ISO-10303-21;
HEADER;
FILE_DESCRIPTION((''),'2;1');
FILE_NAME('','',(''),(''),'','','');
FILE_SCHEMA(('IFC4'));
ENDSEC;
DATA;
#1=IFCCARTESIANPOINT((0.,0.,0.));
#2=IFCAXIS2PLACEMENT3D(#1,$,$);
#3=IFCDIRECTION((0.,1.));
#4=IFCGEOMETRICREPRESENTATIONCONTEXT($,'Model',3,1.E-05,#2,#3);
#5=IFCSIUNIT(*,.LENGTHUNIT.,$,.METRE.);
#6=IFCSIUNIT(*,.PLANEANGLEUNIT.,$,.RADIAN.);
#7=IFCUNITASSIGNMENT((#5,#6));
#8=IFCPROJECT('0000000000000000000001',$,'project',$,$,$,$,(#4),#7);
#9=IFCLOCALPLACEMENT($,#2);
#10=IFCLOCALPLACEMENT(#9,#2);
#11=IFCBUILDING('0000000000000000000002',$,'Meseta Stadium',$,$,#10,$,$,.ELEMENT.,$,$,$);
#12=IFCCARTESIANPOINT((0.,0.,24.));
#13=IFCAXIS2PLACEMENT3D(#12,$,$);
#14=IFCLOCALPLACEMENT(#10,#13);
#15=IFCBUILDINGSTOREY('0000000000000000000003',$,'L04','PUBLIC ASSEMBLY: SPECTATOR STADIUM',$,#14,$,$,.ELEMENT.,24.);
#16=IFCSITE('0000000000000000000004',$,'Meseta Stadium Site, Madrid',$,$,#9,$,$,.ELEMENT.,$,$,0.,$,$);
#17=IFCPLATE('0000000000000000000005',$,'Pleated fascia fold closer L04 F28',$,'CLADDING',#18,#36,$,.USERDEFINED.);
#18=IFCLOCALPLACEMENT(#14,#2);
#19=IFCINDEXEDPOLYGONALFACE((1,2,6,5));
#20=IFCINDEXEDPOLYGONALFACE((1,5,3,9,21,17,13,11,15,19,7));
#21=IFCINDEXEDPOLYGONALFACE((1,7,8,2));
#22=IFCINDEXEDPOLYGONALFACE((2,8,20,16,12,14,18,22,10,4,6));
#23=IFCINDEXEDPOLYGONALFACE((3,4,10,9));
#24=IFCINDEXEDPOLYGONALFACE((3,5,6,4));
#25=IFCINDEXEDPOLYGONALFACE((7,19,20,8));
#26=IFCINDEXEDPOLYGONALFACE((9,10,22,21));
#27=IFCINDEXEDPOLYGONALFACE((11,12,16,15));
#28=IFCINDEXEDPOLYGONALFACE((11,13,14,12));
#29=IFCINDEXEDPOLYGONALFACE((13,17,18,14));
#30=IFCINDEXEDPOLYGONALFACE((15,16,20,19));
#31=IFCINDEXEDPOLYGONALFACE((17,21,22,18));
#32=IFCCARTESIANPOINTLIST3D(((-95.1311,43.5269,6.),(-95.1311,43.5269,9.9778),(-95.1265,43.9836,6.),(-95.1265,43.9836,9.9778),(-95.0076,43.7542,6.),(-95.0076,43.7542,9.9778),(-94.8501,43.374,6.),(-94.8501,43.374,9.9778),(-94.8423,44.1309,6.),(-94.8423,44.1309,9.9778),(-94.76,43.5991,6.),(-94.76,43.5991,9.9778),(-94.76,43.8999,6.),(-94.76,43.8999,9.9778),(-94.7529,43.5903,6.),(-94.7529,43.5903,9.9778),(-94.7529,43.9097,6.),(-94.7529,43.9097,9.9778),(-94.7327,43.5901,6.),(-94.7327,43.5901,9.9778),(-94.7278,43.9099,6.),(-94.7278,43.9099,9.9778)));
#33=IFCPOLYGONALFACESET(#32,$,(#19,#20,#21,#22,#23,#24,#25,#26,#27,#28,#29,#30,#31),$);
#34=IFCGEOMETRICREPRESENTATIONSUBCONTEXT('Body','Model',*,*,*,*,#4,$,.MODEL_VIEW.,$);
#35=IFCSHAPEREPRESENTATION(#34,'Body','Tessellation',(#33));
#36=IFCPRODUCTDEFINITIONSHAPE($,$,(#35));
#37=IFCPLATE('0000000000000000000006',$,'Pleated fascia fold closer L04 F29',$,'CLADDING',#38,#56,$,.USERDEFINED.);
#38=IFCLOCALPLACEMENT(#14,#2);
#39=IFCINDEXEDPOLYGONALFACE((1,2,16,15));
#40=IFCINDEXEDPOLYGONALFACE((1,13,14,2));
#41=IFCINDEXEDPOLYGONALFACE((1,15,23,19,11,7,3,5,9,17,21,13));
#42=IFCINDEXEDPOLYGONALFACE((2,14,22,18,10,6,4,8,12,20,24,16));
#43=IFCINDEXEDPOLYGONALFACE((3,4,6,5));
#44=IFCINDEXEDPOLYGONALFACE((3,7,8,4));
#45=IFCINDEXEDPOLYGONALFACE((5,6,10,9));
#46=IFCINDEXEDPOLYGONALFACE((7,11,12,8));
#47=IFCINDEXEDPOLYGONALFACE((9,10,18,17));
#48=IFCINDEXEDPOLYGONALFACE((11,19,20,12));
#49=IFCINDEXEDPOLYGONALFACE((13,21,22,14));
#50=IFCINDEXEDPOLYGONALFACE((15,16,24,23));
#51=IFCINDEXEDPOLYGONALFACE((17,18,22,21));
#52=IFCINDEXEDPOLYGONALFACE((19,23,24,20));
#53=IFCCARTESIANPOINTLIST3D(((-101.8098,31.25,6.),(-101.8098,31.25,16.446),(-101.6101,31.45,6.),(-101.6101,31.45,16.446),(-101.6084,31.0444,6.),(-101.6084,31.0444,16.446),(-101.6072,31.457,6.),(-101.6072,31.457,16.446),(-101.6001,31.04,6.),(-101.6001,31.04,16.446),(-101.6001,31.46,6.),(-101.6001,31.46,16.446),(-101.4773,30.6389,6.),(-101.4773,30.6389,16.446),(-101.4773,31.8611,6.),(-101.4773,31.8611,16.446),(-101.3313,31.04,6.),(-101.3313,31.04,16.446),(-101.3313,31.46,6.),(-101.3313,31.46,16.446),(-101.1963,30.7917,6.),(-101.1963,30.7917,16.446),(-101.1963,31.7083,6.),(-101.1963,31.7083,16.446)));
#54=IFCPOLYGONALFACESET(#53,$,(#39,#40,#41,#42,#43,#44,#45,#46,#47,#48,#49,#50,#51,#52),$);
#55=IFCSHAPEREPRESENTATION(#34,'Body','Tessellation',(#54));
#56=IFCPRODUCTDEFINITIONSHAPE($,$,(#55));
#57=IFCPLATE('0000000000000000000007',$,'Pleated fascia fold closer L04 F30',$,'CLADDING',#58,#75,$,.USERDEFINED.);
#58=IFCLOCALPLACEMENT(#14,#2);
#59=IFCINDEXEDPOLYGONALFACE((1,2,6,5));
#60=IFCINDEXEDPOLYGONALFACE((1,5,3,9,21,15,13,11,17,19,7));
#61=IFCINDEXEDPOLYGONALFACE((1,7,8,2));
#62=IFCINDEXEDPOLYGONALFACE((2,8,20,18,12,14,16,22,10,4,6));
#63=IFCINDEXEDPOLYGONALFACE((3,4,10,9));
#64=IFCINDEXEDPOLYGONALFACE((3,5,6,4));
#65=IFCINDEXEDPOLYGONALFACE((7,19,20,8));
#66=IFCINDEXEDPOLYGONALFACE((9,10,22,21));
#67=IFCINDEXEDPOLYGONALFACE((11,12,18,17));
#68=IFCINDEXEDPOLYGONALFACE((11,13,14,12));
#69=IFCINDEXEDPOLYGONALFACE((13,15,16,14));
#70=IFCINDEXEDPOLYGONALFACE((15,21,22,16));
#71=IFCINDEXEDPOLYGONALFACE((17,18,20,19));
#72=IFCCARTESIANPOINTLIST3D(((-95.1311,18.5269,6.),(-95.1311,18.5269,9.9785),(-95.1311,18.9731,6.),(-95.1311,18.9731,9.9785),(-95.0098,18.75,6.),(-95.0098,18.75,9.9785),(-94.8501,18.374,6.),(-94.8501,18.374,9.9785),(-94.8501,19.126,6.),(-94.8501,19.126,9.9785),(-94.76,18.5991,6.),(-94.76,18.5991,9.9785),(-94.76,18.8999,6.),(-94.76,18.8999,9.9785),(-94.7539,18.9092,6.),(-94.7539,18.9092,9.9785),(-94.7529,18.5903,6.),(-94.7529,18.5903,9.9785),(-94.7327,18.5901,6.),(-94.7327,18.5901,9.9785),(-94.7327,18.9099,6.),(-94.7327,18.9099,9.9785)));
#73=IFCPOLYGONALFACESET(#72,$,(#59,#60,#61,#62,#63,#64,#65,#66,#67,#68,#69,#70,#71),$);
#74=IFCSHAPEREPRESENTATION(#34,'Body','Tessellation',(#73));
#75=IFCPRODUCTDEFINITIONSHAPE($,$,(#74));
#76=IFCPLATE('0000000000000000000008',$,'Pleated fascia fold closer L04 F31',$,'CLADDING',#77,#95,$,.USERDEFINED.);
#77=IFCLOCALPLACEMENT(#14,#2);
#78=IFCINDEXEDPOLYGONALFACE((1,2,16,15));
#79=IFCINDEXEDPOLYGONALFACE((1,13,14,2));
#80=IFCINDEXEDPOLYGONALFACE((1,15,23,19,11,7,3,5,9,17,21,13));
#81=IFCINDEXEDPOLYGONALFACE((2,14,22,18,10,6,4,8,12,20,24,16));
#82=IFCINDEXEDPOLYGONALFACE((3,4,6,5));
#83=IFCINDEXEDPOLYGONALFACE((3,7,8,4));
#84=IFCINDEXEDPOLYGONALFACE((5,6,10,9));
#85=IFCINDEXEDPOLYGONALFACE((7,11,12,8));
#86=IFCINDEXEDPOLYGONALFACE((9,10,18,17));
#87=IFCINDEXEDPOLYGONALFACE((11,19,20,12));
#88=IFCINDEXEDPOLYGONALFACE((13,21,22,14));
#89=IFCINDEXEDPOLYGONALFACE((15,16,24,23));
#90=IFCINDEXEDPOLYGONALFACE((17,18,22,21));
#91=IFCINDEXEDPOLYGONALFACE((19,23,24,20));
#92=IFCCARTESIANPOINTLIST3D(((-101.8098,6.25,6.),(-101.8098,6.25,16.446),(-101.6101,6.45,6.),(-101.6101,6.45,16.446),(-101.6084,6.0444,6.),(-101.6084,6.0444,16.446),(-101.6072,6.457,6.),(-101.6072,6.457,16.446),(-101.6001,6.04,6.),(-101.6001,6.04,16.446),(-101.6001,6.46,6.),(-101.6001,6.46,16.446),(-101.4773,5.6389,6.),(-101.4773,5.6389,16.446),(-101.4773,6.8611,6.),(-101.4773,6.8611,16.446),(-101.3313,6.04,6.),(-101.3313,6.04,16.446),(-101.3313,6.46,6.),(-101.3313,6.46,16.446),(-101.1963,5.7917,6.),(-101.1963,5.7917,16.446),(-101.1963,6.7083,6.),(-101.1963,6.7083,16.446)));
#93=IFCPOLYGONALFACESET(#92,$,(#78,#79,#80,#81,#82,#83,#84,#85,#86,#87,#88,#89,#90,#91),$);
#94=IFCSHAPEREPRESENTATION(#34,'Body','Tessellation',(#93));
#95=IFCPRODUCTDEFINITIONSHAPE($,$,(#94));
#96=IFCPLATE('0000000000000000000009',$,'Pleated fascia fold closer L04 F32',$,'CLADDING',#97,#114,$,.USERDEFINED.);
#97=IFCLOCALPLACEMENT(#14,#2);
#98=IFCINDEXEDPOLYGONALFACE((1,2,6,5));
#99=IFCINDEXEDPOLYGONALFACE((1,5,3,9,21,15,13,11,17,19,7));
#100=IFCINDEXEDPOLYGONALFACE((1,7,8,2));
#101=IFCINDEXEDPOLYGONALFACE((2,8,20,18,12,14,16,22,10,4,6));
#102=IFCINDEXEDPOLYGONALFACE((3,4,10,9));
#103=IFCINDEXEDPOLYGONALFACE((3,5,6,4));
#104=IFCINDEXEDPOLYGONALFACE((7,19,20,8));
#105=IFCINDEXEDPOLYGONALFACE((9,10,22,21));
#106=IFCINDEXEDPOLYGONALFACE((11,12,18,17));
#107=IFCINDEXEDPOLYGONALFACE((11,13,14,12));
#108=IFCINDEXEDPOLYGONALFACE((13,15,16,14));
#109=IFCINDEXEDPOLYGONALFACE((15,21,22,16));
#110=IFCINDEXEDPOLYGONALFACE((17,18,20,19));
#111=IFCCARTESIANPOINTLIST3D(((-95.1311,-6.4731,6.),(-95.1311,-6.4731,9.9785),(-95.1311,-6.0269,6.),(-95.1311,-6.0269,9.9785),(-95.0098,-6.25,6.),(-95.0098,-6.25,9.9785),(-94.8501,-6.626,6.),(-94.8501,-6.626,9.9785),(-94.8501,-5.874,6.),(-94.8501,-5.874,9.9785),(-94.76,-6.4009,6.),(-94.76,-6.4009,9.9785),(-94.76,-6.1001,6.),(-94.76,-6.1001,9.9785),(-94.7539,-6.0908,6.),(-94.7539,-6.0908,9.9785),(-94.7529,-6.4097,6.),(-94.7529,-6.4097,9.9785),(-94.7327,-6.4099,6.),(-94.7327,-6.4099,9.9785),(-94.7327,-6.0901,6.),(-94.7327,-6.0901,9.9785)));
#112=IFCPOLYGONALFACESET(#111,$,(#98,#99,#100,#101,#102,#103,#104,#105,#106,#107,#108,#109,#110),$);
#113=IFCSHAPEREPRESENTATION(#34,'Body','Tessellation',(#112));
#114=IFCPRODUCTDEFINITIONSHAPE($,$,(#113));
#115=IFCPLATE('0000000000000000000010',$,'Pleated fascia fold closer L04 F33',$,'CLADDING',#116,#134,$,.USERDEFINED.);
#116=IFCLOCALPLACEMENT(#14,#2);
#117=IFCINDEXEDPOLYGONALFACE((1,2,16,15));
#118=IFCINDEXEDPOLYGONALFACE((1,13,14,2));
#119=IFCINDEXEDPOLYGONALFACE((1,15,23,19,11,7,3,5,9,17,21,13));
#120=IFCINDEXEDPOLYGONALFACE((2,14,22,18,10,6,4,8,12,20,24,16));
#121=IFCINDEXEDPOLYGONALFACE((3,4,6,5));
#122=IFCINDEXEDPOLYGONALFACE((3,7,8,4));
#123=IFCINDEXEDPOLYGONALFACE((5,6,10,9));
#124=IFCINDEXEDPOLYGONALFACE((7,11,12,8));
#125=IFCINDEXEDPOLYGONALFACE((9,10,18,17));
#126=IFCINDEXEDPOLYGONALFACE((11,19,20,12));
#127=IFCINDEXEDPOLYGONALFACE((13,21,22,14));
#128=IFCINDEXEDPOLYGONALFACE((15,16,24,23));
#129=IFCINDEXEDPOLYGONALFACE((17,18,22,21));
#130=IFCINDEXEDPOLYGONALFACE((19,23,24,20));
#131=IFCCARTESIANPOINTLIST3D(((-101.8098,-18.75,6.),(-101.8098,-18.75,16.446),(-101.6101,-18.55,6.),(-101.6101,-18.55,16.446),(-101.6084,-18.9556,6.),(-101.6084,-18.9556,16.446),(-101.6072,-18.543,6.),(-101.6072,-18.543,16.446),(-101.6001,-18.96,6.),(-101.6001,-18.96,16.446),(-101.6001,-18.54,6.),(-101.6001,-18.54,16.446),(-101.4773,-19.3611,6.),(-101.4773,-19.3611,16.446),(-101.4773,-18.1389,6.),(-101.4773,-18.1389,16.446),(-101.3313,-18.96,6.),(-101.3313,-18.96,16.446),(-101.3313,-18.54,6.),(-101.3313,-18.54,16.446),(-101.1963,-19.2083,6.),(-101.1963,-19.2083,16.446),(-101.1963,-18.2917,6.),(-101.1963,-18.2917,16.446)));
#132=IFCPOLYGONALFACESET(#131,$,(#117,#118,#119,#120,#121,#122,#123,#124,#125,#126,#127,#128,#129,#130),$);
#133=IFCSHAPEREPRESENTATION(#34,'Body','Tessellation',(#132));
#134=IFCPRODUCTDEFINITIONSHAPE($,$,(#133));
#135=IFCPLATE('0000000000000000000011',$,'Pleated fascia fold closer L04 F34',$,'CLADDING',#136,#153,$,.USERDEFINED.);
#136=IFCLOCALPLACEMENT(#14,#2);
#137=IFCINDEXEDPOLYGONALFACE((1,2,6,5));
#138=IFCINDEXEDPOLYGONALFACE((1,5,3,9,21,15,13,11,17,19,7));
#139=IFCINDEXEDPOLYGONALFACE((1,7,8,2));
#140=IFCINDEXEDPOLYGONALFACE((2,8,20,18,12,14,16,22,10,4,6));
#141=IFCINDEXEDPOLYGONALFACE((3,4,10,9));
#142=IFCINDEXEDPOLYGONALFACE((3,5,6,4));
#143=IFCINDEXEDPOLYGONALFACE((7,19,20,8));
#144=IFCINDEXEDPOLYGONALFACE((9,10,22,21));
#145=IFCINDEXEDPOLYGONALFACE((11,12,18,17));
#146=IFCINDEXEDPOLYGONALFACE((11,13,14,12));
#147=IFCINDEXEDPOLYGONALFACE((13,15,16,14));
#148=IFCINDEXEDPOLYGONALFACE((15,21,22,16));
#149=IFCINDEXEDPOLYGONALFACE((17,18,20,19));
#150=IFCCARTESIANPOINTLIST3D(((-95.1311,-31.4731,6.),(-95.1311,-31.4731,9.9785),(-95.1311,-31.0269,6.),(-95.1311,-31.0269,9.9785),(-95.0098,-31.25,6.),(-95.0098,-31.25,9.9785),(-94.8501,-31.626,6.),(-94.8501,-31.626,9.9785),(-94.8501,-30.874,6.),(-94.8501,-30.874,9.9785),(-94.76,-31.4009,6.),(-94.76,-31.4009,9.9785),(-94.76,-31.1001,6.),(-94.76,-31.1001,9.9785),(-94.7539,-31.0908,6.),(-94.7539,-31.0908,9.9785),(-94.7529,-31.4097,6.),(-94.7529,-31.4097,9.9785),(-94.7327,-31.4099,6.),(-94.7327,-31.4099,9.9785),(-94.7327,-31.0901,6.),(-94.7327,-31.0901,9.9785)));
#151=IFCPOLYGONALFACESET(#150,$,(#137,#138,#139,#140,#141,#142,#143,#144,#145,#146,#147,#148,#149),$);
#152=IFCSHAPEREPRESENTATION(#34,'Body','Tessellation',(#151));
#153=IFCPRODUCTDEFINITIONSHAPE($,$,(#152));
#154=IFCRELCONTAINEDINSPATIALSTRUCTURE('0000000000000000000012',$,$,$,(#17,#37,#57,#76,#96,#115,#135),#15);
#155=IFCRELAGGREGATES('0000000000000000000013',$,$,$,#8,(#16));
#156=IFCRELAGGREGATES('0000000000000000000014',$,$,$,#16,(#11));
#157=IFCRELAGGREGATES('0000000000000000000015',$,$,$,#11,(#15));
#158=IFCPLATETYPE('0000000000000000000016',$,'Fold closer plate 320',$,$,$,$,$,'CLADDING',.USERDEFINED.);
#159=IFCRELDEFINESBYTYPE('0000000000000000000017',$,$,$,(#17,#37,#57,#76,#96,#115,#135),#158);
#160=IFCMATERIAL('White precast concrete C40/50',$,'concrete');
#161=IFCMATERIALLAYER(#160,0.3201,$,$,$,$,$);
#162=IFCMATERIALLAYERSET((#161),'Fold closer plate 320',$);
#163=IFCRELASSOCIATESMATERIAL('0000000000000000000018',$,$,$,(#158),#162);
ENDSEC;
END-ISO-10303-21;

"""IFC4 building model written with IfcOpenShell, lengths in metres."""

from ifc_helpers import new_model, si_unit, direction, frame, origin, place, context, subcontext, project, spatial, polyline, outline, extrude, material, layer, layer_set, type_object, element, save


model = new_model("IFC4")

# Units and contexts
model_context = context("Model", 3, precision=1e-05, world=origin(), true_north=direction((0.0, 1.0)))
body_context = subcontext(model_context, "Body", "Model", "MODEL_VIEW")
ifc_project = project(units=[si_unit("LENGTHUNIT", "METRE"), si_unit("PLANEANGLEUNIT", "RADIAN")], contexts=[model_context])

# Site, building, storey
site_placement = place(None, origin())
site = spatial("IfcSite", under=ifc_project, at=site_placement, Name="Meseta Stadium Site, Madrid", CompositionType="ELEMENT", RefElevation=0.0)
building_placement = place(site_placement, origin())
building = spatial("IfcBuilding", under=site, at=building_placement, Name="Meseta Stadium", CompositionType="ELEMENT")
storey_placement = place(building_placement, frame((0.0, 0.0, 24.0)))
storey = spatial("IfcBuildingStorey", under=building, at=storey_placement, Name="L04", Description="PUBLIC ASSEMBLY: SPECTATOR STADIUM", CompositionType="ELEMENT", Elevation=24.0)

# Plates
ifc_material = material(Name="White precast concrete C40/50", Category="concrete")
ifc_layer = layer(ifc_material, 0.3201)
ifc_layer_set = layer_set([ifc_layer], Name="Fold closer plate 320")
plate_type = type_object("IfcPlateType", Name="Fold closer plate 320", ElementType="CLADDING", PredefinedType="USERDEFINED", material=ifc_layer_set)
plate_1_placement = place(storey_placement, frame((0.0, 0.0, 6.0)))
element("IfcPlate", 1, at=plate_1_placement, inside=storey, type_object=plate_type, Name="Pleated fascia fold closer L04 F28", ObjectType="CLADDING", PredefinedType="USERDEFINED", context=body_context, shape_type="SweptSolid", body=[
    extrude(outline(polyline([(-95.0076, 43.7542), (-95.1311, 43.5269), (-94.8501, 43.374), (-94.7327, 43.5901), (-94.7529, 43.5903), (-94.76, 43.5991), (-94.76, 43.8999), (-94.7529, 43.9097), (-94.7278, 43.9099), (-94.8423, 44.1309), (-95.1265, 43.9836), (-95.0076, 43.7542)])), origin(), (0.0, 0.0, 1.0), 3.9778),
])
plate_2_placement = place(storey_placement, frame((0.0, 0.0, 6.0)))
element("IfcPlate", 2, at=plate_2_placement, inside=storey, type_object=plate_type, Name="Pleated fascia fold closer L04 F29", ObjectType="CLADDING", PredefinedType="USERDEFINED", context=body_context, shape_type="SweptSolid", body=[
    extrude(outline(polyline([(-101.8098, 31.25), (-101.4773, 30.6389), (-101.1963, 30.7917), (-101.3313, 31.04), (-101.6001, 31.04), (-101.6084, 31.0444), (-101.6101, 31.45), (-101.6072, 31.457), (-101.6001, 31.46), (-101.3313, 31.46), (-101.1963, 31.7083), (-101.4773, 31.8611), (-101.8098, 31.25)])), origin(), (0.0, 0.0, 1.0), 10.446),
])
plate_3_placement = place(storey_placement, frame((0.0, 0.0, 6.0)))
element("IfcPlate", 3, at=plate_3_placement, inside=storey, type_object=plate_type, Name="Pleated fascia fold closer L04 F30", ObjectType="CLADDING", PredefinedType="USERDEFINED", context=body_context, shape_type="SweptSolid", body=[
    extrude(outline(polyline([(-95.0098, 18.75), (-95.1311, 18.5269), (-94.8501, 18.374), (-94.7327, 18.5901), (-94.7529, 18.5903), (-94.76, 18.5991), (-94.76, 18.8999), (-94.7539, 18.9092), (-94.7327, 18.9099), (-94.8501, 19.126), (-95.1311, 18.9731), (-95.0098, 18.75)])), origin(), (0.0, 0.0, 1.0), 3.9785),
])
plate_4_placement = place(storey_placement, frame((0.0, 0.0, 6.0)))
element("IfcPlate", 4, at=plate_4_placement, inside=storey, type_object=plate_type, Name="Pleated fascia fold closer L04 F31", ObjectType="CLADDING", PredefinedType="USERDEFINED", context=body_context, shape_type="SweptSolid", body=[
    extrude(outline(polyline([(-101.8098, 6.25), (-101.4773, 5.6389), (-101.1963, 5.7917), (-101.3313, 6.04), (-101.6001, 6.04), (-101.6084, 6.0444), (-101.6101, 6.45), (-101.6072, 6.457), (-101.6001, 6.46), (-101.3313, 6.46), (-101.1963, 6.7083), (-101.4773, 6.8611), (-101.8098, 6.25)])), origin(), (0.0, 0.0, 1.0), 10.446),
])
plate_5_placement = place(storey_placement, frame((0.0, 0.0, 6.0)))
element("IfcPlate", 5, at=plate_5_placement, inside=storey, type_object=plate_type, Name="Pleated fascia fold closer L04 F32", ObjectType="CLADDING", PredefinedType="USERDEFINED", context=body_context, shape_type="SweptSolid", body=[
    extrude(outline(polyline([(-95.0098, -6.25), (-95.1311, -6.4731), (-94.8501, -6.626), (-94.7327, -6.4099), (-94.7529, -6.4097), (-94.76, -6.4009), (-94.76, -6.1001), (-94.7539, -6.0908), (-94.7327, -6.0901), (-94.8501, -5.874), (-95.1311, -6.0269), (-95.0098, -6.25)])), origin(), (0.0, 0.0, 1.0), 3.9785),
])
plate_6_placement = place(storey_placement, frame((0.0, 0.0, 6.0)))
element("IfcPlate", 6, at=plate_6_placement, inside=storey, type_object=plate_type, Name="Pleated fascia fold closer L04 F33", ObjectType="CLADDING", PredefinedType="USERDEFINED", context=body_context, shape_type="SweptSolid", body=[
    extrude(outline(polyline([(-101.8098, -18.75), (-101.4773, -19.3611), (-101.1963, -19.2083), (-101.3313, -18.96), (-101.6001, -18.96), (-101.6084, -18.9556), (-101.6101, -18.55), (-101.6072, -18.543), (-101.6001, -18.54), (-101.3313, -18.54), (-101.1963, -18.2917), (-101.4773, -18.1389), (-101.8098, -18.75)])), origin(), (0.0, 0.0, 1.0), 10.446),
])
plate_7_placement = place(storey_placement, frame((0.0, 0.0, 6.0)))
element("IfcPlate", 7, at=plate_7_placement, inside=storey, type_object=plate_type, Name="Pleated fascia fold closer L04 F34", ObjectType="CLADDING", PredefinedType="USERDEFINED", context=body_context, shape_type="SweptSolid", body=[
    extrude(outline(polyline([(-95.0098, -31.25), (-95.1311, -31.4731), (-94.8501, -31.626), (-94.7327, -31.4099), (-94.7529, -31.4097), (-94.76, -31.4009), (-94.76, -31.1001), (-94.7539, -31.0908), (-94.7327, -31.0901), (-94.8501, -30.874), (-95.1311, -31.0269), (-95.0098, -31.25)])), origin(), (0.0, 0.0, 1.0), 3.9785),
])

save(model, "model.ifc")
